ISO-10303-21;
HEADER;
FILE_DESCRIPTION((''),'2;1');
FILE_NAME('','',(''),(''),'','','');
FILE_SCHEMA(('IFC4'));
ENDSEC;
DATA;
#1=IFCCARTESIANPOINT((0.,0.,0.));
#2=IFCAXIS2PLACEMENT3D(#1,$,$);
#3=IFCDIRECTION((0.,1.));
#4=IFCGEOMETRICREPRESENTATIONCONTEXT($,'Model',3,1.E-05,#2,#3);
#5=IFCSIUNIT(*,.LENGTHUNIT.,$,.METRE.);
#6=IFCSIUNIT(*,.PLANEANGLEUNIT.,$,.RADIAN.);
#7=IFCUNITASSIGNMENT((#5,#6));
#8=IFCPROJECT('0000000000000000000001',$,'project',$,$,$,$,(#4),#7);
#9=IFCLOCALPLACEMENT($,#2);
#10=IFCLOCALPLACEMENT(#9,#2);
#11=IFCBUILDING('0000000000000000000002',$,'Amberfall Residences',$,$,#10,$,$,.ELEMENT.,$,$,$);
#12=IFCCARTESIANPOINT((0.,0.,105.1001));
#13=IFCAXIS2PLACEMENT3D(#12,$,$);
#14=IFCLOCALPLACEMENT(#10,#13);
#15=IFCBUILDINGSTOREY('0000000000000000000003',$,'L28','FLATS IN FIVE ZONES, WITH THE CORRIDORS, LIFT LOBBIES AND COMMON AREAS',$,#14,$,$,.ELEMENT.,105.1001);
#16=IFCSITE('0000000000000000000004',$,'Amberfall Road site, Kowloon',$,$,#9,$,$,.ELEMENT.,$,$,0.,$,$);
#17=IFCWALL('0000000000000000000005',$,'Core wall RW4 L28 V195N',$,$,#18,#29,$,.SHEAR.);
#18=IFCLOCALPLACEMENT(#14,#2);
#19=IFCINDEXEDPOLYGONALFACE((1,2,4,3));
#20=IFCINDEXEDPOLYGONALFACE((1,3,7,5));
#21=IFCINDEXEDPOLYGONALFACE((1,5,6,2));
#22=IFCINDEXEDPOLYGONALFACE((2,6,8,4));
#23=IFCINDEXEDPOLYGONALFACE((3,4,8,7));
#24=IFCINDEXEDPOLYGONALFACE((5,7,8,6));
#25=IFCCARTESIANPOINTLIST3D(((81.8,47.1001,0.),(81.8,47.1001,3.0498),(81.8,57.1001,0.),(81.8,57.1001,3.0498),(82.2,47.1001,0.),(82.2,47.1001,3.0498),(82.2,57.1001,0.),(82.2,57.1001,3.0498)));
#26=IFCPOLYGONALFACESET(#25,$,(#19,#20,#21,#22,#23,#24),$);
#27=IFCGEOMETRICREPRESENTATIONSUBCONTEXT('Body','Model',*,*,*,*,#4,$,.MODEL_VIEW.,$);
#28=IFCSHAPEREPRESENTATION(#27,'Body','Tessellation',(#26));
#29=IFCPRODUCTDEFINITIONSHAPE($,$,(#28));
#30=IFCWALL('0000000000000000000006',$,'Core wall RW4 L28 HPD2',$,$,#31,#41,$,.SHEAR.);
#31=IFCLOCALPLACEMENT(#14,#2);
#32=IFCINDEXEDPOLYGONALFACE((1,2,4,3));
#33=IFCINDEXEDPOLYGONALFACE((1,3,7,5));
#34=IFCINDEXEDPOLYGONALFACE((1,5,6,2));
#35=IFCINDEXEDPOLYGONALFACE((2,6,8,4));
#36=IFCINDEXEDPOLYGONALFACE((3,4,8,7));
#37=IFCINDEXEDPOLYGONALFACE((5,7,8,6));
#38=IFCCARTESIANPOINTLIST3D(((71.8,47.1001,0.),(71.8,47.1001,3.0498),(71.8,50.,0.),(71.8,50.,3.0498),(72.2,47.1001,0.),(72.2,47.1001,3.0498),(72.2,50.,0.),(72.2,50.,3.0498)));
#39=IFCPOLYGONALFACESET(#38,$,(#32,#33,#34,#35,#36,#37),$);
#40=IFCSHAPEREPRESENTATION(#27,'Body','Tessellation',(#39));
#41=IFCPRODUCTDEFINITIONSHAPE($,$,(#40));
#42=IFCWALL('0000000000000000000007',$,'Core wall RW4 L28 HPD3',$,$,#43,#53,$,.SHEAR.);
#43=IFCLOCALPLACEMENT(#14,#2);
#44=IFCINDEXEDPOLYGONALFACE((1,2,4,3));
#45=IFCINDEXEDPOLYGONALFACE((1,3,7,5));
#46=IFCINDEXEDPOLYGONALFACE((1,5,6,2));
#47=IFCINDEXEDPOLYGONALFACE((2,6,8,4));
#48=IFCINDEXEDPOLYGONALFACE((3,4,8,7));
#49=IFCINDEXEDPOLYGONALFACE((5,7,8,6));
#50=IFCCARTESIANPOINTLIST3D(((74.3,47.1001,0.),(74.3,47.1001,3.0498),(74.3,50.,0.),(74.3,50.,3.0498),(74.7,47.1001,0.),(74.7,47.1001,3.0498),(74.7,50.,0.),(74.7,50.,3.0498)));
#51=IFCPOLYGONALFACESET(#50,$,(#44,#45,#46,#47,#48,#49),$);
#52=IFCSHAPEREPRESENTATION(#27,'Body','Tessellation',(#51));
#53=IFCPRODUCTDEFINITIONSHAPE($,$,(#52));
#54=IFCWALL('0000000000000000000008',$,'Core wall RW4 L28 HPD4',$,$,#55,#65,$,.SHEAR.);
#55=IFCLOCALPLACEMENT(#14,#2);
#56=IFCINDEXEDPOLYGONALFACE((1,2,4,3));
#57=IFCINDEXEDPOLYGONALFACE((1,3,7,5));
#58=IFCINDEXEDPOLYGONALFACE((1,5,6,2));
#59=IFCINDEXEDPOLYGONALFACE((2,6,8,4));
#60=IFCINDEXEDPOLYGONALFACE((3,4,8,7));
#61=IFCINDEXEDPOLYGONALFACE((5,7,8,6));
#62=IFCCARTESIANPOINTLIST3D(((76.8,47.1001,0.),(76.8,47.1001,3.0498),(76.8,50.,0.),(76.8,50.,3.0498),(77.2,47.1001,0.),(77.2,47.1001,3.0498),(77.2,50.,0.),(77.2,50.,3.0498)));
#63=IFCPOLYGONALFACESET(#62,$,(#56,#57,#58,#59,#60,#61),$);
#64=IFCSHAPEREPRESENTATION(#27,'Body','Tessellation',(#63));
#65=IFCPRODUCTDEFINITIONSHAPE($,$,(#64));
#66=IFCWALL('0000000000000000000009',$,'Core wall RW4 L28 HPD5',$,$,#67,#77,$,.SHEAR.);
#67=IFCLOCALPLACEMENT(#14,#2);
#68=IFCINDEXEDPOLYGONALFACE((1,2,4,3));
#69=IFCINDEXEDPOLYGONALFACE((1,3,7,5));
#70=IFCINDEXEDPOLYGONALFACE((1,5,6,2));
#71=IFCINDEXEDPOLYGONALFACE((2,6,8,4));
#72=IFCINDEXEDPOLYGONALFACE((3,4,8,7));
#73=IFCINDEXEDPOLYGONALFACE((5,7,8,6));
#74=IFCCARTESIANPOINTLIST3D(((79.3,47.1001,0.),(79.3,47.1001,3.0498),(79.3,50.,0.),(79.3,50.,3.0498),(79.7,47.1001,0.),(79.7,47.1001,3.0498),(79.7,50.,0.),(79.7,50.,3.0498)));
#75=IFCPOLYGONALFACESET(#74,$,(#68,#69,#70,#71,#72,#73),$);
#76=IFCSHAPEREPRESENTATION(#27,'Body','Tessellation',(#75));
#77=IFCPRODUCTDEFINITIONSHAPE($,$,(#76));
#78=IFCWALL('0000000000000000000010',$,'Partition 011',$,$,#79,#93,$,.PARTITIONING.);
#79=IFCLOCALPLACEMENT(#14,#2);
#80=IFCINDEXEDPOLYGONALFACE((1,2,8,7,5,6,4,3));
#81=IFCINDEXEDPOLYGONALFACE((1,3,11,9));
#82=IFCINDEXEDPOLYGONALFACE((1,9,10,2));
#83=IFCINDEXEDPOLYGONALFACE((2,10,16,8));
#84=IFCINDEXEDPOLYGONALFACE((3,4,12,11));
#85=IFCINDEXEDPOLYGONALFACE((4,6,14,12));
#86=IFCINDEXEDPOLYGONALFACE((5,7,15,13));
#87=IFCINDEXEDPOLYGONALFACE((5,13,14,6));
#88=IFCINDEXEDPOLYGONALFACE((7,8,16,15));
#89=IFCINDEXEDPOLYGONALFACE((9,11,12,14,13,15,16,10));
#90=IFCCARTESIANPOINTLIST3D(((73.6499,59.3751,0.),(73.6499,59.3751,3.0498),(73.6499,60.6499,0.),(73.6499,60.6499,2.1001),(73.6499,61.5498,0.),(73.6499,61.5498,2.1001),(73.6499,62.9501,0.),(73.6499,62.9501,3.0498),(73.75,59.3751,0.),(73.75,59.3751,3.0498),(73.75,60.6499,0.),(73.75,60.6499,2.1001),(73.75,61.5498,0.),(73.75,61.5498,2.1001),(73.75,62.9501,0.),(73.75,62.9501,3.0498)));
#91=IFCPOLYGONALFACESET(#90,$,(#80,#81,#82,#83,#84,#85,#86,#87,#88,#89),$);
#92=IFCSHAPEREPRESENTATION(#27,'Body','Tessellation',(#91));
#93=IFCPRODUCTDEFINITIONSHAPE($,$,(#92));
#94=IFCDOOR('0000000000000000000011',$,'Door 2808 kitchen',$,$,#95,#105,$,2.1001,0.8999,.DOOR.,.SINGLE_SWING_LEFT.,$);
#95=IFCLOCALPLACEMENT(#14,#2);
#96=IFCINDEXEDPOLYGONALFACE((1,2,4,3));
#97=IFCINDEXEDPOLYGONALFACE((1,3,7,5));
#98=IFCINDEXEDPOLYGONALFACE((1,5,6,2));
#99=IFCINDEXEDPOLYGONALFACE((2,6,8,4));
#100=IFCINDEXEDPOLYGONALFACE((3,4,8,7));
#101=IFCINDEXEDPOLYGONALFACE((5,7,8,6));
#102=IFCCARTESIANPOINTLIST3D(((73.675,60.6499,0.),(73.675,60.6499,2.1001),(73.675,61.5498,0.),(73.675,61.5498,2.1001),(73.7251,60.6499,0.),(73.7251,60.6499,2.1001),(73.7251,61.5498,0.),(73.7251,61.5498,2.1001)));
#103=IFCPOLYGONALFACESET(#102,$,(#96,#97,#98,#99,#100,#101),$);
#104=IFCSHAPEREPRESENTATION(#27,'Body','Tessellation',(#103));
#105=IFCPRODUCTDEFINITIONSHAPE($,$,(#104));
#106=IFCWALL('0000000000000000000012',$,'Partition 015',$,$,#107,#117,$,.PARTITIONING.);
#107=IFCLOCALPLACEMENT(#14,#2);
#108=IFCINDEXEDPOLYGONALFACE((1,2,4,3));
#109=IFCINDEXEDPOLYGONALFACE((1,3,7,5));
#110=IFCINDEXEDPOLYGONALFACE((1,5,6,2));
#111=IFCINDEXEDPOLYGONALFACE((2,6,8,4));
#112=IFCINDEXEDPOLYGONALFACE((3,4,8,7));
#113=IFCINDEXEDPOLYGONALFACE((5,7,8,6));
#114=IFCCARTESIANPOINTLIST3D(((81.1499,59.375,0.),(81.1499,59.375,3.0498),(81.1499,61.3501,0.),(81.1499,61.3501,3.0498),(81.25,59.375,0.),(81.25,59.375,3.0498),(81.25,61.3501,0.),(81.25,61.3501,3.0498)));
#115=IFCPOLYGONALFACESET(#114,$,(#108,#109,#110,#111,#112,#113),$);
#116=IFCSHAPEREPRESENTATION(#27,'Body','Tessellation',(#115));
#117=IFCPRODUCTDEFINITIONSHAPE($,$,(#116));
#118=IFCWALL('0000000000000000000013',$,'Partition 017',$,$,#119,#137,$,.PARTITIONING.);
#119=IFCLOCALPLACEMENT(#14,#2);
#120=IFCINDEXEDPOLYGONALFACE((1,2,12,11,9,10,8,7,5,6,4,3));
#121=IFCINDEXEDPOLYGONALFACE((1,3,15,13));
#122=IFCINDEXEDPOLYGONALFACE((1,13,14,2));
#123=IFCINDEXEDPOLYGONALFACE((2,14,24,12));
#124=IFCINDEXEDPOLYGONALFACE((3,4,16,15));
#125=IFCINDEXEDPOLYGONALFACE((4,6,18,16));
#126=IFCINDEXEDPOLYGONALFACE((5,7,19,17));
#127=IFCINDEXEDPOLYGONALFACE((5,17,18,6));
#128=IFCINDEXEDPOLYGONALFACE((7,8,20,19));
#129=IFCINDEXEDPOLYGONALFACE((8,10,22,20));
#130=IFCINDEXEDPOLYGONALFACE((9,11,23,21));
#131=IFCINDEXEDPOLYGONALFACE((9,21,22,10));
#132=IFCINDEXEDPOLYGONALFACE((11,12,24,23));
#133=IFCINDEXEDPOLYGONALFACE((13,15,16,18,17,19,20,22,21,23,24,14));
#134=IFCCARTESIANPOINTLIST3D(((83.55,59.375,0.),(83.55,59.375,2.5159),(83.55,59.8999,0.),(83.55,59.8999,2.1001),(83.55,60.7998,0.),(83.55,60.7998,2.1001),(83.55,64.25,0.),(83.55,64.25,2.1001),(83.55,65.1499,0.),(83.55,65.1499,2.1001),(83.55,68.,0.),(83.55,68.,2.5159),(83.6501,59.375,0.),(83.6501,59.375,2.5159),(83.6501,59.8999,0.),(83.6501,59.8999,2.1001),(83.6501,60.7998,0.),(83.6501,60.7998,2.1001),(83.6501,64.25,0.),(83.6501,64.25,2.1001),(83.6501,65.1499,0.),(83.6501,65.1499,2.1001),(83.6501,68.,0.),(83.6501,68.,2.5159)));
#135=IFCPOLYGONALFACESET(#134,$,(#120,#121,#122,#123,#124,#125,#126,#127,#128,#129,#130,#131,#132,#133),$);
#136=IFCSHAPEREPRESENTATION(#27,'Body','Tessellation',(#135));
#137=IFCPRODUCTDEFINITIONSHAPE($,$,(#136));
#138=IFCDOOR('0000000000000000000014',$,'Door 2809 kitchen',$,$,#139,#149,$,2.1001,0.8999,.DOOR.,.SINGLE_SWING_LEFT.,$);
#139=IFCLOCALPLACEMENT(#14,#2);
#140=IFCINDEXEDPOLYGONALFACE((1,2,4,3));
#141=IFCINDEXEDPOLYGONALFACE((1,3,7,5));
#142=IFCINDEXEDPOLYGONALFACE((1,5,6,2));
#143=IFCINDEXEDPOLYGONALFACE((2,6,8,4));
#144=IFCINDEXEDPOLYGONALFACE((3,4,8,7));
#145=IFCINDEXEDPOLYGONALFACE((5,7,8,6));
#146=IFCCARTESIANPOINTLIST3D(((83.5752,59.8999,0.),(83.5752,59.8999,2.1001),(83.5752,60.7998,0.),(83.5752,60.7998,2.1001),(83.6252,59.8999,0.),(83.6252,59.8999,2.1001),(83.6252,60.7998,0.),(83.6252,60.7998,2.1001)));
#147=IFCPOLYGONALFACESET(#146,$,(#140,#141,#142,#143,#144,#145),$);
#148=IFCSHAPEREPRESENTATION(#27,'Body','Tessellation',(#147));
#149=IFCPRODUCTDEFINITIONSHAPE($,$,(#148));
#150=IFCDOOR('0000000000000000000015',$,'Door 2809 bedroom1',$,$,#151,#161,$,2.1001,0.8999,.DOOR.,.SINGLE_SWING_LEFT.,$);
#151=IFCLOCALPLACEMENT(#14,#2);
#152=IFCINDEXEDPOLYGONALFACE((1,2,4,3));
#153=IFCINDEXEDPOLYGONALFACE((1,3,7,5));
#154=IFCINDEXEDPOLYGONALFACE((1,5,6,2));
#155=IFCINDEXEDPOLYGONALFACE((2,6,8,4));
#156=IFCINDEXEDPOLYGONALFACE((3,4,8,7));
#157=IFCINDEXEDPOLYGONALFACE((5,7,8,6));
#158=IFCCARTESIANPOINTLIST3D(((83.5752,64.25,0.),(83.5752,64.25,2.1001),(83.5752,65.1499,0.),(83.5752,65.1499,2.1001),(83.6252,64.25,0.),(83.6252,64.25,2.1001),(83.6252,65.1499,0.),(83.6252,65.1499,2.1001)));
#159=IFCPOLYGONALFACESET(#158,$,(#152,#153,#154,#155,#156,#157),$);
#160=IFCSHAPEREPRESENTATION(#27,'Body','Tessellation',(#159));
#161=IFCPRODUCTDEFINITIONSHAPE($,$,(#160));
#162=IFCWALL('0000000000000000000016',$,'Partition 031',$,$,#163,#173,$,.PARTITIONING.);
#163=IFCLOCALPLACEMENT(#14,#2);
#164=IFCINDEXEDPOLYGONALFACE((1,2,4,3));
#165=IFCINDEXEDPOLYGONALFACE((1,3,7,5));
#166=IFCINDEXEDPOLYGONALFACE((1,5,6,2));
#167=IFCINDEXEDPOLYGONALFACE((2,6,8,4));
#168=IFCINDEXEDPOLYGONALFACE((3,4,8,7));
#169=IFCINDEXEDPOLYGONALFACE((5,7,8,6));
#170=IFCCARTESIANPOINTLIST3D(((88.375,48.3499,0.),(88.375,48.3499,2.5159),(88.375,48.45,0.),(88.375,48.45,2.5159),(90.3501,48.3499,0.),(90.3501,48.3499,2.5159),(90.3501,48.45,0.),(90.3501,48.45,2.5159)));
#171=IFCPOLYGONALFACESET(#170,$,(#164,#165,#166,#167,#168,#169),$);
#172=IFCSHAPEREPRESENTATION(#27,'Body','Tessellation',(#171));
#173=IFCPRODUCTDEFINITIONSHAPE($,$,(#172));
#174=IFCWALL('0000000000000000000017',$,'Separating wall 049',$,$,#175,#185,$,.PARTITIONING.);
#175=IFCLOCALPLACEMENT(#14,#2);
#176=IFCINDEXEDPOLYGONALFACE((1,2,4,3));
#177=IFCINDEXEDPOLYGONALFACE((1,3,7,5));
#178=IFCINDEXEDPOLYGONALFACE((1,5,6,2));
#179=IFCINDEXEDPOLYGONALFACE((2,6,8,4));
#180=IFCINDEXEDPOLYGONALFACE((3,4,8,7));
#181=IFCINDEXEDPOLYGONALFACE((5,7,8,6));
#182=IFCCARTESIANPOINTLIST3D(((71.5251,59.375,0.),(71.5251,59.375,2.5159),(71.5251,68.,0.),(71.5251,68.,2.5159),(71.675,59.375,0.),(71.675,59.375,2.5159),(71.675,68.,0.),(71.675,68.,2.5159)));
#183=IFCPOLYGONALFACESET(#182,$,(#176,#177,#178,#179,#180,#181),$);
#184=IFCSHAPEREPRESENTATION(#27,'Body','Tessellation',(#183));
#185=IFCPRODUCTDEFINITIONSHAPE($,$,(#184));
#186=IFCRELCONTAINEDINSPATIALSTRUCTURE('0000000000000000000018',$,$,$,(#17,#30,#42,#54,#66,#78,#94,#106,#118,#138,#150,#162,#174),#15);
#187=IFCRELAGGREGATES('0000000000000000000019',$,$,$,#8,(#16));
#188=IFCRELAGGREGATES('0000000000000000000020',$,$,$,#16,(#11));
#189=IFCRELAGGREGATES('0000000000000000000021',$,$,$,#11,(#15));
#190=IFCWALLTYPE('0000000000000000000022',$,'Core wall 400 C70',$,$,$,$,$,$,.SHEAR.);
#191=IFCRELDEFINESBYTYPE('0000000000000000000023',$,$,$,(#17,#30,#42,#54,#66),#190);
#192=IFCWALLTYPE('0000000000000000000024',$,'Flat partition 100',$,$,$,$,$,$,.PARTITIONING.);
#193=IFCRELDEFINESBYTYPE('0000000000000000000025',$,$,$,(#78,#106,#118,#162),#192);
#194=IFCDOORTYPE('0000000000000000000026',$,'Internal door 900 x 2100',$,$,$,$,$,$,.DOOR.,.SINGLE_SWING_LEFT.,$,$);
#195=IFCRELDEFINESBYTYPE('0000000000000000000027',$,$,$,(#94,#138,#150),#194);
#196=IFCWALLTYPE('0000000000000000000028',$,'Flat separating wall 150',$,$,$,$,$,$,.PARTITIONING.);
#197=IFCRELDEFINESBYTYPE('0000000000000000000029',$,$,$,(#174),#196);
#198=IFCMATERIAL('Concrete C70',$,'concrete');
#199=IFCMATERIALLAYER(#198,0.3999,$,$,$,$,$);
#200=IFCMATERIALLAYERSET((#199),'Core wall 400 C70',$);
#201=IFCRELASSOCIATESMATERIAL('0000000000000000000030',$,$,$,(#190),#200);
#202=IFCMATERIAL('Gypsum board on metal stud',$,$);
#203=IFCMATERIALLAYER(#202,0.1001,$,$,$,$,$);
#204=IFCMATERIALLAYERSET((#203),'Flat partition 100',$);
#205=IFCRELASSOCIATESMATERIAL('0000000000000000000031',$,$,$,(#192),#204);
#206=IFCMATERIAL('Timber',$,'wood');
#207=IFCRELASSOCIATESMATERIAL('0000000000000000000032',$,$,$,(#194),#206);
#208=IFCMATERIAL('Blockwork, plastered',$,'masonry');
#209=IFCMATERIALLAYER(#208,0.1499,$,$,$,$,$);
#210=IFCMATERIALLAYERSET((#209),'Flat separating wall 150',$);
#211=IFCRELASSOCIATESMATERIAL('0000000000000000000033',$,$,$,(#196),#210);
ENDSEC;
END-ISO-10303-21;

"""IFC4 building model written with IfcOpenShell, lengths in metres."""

from ifc_helpers import new_model, si_unit, direction, frame, frame_2d, origin, place, context, subcontext, project, spatial, rectangle, extrude, material, layer, layer_set, type_object, element, fill, save


model = new_model("IFC4")

# Units and contexts
model_context = context("Model", 3, precision=1e-05, world=origin(), true_north=direction((0.0, 1.0)))
body_context = subcontext(model_context, "Body", "Model", "MODEL_VIEW")
ifc_project = project(units=[si_unit("LENGTHUNIT", "METRE"), si_unit("PLANEANGLEUNIT", "RADIAN")], contexts=[model_context])

# Site, building, storey
site_placement = place(None, origin())
site = spatial("IfcSite", under=ifc_project, at=site_placement, Name="Amberfall Road site, Kowloon", CompositionType="ELEMENT", RefElevation=0.0)
building_placement = place(site_placement, origin())
building = spatial("IfcBuilding", under=site, at=building_placement, Name="Amberfall Residences", CompositionType="ELEMENT")
storey_placement = place(building_placement, frame((0.0, 0.0, 105.1001)))
storey = spatial("IfcBuildingStorey", under=building, at=storey_placement, Name="L28", Description="FLATS IN FIVE ZONES, WITH THE CORRIDORS, LIFT LOBBIES AND COMMON AREAS", CompositionType="ELEMENT", Elevation=105.1001)

# Walls
ifc_material_1 = material(Name="Concrete C70", Category="concrete")
ifc_layer_1 = layer(ifc_material_1, 0.3999)
ifc_layer_set_1 = layer_set([ifc_layer_1], Name="Core wall 400 C70")
wall_type_1 = type_object("IfcWallType", Name="Core wall 400 C70", PredefinedType="SHEAR", material=ifc_layer_set_1)
wall_1_placement = place(storey_placement, frame((82.0, 47.1001, 0.0), z_axis=(0.0, 0.0, 1.0), x_axis=(0.0, 1.0, 0.0)))
element("IfcWall", 1, at=wall_1_placement, inside=storey, type_object=wall_type_1, Name="Core wall RW4 L28 V195N", PredefinedType="SHEAR", context=body_context, shape_type="SweptSolid", body=[
    extrude(rectangle(XDim=10.0, YDim=0.3999, at=frame_2d((5.0, 0.0))), origin(), (0.0, 0.0, 1.0), 3.0498),
])
for number, where, z_axis, x_axis, name in (
    (2, (72.0, 47.1001, 0.0), (0.0, 0.0, 1.0), (0.0, 1.0, 0.0), "Core wall RW4 L28 HPD2"),
    (3, (74.5, 47.1001, 0.0), (0.0, 0.0, 1.0), (0.0, 1.0, 0.0), "Core wall RW4 L28 HPD3"),
    (4, (77.0, 47.1001, 0.0), (0.0, 0.0, 1.0), (0.0, 1.0, 0.0), "Core wall RW4 L28 HPD4"),
    (5, (79.5, 47.1001, 0.0), (0.0, 0.0, 1.0), (0.0, 1.0, 0.0), "Core wall RW4 L28 HPD5"),
):
    element("IfcWall", number, at=place(storey_placement, frame(where, z_axis=z_axis, x_axis=x_axis)), inside=storey, type_object=wall_type_1, Name=name, PredefinedType="SHEAR", context=body_context, shape_type="SweptSolid", body=[
        extrude(rectangle(XDim=2.8999, YDim=0.3999, at=frame_2d((1.45, 0.0))), origin(), (0.0, 0.0, 1.0), 3.0498),
    ])

# Wall, opening, door
ifc_material_2 = material(Name="Gypsum board on metal stud")
ifc_layer_2 = layer(ifc_material_2, 0.1001)
ifc_layer_set_2 = layer_set([ifc_layer_2], Name="Flat partition 100")
wall_type_2 = type_object("IfcWallType", Name="Flat partition 100", PredefinedType="PARTITIONING", material=ifc_layer_set_2)
wall_2_placement = place(storey_placement, frame((73.7, 59.375, 0.0), z_axis=(0.0, 0.0, 1.0), x_axis=(0.0, 1.0, 0.0)))
wall_2 = element("IfcWall", 6, at=wall_2_placement, inside=storey, type_object=wall_type_2, Name="Partition 011", PredefinedType="PARTITIONING", context=body_context, shape_type="SweptSolid", body=[
    extrude(rectangle(XDim=3.575, YDim=0.1001, at=frame_2d((1.7876, 0.0))), origin(), (0.0, 0.0, 1.0), 3.0498),
])
opening_1_placement = place(wall_2_placement, frame((1.2749, 0.0, 0.0)))
opening_1 = element("IfcOpeningElement", 7, at=opening_1_placement, cuts=wall_2, PredefinedType="OPENING", context=body_context, shape_type="SweptSolid", body=[
    extrude(rectangle(XDim=0.8999, YDim=2.1001, at=frame_2d((0.45, 1.05))), frame((0.0, 0.0601, 0.0), z_axis=(0.0, -1.0, 0.0), x_axis=(1.0, 0.0, 0.0)), (0.0, 0.0, 1.0), 0.1201),
])
ifc_material_3 = material(Name="Timber", Category="wood")
door_type = type_object("IfcDoorType", Name="Internal door 900 x 2100", OperationType="SINGLE_SWING_LEFT", PredefinedType="DOOR", material=ifc_material_3)
door_1_placement = place(opening_1_placement, origin())
door_1 = element("IfcDoor", 8, at=door_1_placement, inside=storey, type_object=door_type, Name="Door 2808 kitchen", OperationType="SINGLE_SWING_LEFT", OverallHeight=2.1001, OverallWidth=0.8999, PredefinedType="DOOR", context=body_context, shape_type="SweptSolid", body=[
    extrude(rectangle(XDim=0.8999, YDim=2.1001, at=frame_2d((0.45, 1.05))), frame((0.0, 0.0249, 0.0), z_axis=(0.0, -1.0, 0.0), x_axis=(1.0, 0.0, 0.0)), (0.0, 0.0, 1.0), 0.05),
])
fill(opening_1, door_1)

# Wall
wall_3_placement = place(storey_placement, frame((81.2, 59.375, 0.0), z_axis=(0.0, 0.0, 1.0), x_axis=(0.0, 1.0, 0.0)))
element("IfcWall", 9, at=wall_3_placement, inside=storey, type_object=wall_type_2, Name="Partition 015", PredefinedType="PARTITIONING", context=body_context, shape_type="SweptSolid", body=[
    extrude(rectangle(XDim=1.9751, YDim=0.1001, at=frame_2d((0.9875, 0.0))), origin(), (0.0, 0.0, 1.0), 3.0498),
])

# Wall, openings, doors
wall_4_placement = place(storey_placement, frame((83.6001, 59.375, 0.0), z_axis=(0.0, 0.0, 1.0), x_axis=(0.0, 1.0, 0.0)))
wall_4 = element("IfcWall", 10, at=wall_4_placement, inside=storey, type_object=wall_type_2, Name="Partition 017", PredefinedType="PARTITIONING", context=body_context, shape_type="SweptSolid", body=[
    extrude(rectangle(XDim=8.625, YDim=0.1001, at=frame_2d((4.3125, 0.0))), origin(), (0.0, 0.0, 1.0), 2.5159),
])
opening_2_placement = place(wall_4_placement, frame((0.5249, 0.0, 0.0)))
opening_2 = element("IfcOpeningElement", 11, at=opening_2_placement, cuts=wall_4, PredefinedType="OPENING", context=body_context, shape_type="SweptSolid", body=[
    extrude(rectangle(XDim=0.8999, YDim=2.1001, at=frame_2d((0.45, 1.05))), frame((0.0, 0.0601, 0.0), z_axis=(0.0, -1.0, 0.0), x_axis=(1.0, 0.0, 0.0)), (0.0, 0.0, 1.0), 0.1201),
])
opening_3_placement = place(wall_4_placement, frame((4.875, 0.0, 0.0)))
opening_3 = element("IfcOpeningElement", 12, at=opening_3_placement, cuts=wall_4, PredefinedType="OPENING", context=body_context, shape_type="SweptSolid", body=[
    extrude(rectangle(XDim=0.8999, YDim=2.1001, at=frame_2d((0.45, 1.05))), frame((0.0, 0.0601, 0.0), z_axis=(0.0, -1.0, 0.0), x_axis=(1.0, 0.0, 0.0)), (0.0, 0.0, 1.0), 0.1201),
])
door_2_placement = place(opening_2_placement, origin())
door_2 = element("IfcDoor", 13, at=door_2_placement, inside=storey, type_object=door_type, Name="Door 2809 kitchen", OperationType="SINGLE_SWING_LEFT", OverallHeight=2.1001, OverallWidth=0.8999, PredefinedType="DOOR", context=body_context, shape_type="SweptSolid", body=[
    extrude(rectangle(XDim=0.8999, YDim=2.1001, at=frame_2d((0.45, 1.05))), frame((0.0, 0.0249, 0.0), z_axis=(0.0, -1.0, 0.0), x_axis=(1.0, 0.0, 0.0)), (0.0, 0.0, 1.0), 0.05),
])
fill(opening_2, door_2)
door_3_placement = place(opening_3_placement, origin())
door_3 = element("IfcDoor", 14, at=door_3_placement, inside=storey, type_object=door_type, Name="Door 2809 bedroom1", OperationType="SINGLE_SWING_LEFT", OverallHeight=2.1001, OverallWidth=0.8999, PredefinedType="DOOR", context=body_context, shape_type="SweptSolid", body=[
    extrude(rectangle(XDim=0.8999, YDim=2.1001, at=frame_2d((0.45, 1.05))), frame((0.0, 0.0249, 0.0), z_axis=(0.0, -1.0, 0.0), x_axis=(1.0, 0.0, 0.0)), (0.0, 0.0, 1.0), 0.05),
])
fill(opening_3, door_3)

# Walls
wall_5_placement = place(storey_placement, frame((88.375, 48.3999, 0.0), z_axis=(0.0, 0.0, 1.0), x_axis=(1.0, 0.0, 0.0)))
element("IfcWall", 15, at=wall_5_placement, inside=storey, type_object=wall_type_2, Name="Partition 031", PredefinedType="PARTITIONING", context=body_context, shape_type="SweptSolid", body=[
    extrude(rectangle(XDim=1.9751, YDim=0.1001, at=frame_2d((0.9875, 0.0))), origin(), (0.0, 0.0, 1.0), 2.5159),
])
ifc_material_4 = material(Name="Blockwork, plastered", Category="masonry")
ifc_layer_3 = layer(ifc_material_4, 0.1499)
ifc_layer_set_3 = layer_set([ifc_layer_3], Name="Flat separating wall 150")
wall_type_3 = type_object("IfcWallType", Name="Flat separating wall 150", PredefinedType="PARTITIONING", material=ifc_layer_set_3)
for number, where, z_axis, x_axis, name in (
    (16, (71.6001, 59.375, 0.0), (0.0, 0.0, 1.0), (0.0, 1.0, 0.0), "Separating wall 049"),
):
    element("IfcWall", number, at=place(storey_placement, frame(where, z_axis=z_axis, x_axis=x_axis)), inside=storey, type_object=wall_type_3, Name=name, PredefinedType="PARTITIONING", context=body_context, shape_type="SweptSolid", body=[
        extrude(rectangle(XDim=8.625, YDim=0.1499, at=frame_2d((4.3125, 0.0))), origin(), (0.0, 0.0, 1.0), 2.5159),
    ])

save(model, "model.ifc")
